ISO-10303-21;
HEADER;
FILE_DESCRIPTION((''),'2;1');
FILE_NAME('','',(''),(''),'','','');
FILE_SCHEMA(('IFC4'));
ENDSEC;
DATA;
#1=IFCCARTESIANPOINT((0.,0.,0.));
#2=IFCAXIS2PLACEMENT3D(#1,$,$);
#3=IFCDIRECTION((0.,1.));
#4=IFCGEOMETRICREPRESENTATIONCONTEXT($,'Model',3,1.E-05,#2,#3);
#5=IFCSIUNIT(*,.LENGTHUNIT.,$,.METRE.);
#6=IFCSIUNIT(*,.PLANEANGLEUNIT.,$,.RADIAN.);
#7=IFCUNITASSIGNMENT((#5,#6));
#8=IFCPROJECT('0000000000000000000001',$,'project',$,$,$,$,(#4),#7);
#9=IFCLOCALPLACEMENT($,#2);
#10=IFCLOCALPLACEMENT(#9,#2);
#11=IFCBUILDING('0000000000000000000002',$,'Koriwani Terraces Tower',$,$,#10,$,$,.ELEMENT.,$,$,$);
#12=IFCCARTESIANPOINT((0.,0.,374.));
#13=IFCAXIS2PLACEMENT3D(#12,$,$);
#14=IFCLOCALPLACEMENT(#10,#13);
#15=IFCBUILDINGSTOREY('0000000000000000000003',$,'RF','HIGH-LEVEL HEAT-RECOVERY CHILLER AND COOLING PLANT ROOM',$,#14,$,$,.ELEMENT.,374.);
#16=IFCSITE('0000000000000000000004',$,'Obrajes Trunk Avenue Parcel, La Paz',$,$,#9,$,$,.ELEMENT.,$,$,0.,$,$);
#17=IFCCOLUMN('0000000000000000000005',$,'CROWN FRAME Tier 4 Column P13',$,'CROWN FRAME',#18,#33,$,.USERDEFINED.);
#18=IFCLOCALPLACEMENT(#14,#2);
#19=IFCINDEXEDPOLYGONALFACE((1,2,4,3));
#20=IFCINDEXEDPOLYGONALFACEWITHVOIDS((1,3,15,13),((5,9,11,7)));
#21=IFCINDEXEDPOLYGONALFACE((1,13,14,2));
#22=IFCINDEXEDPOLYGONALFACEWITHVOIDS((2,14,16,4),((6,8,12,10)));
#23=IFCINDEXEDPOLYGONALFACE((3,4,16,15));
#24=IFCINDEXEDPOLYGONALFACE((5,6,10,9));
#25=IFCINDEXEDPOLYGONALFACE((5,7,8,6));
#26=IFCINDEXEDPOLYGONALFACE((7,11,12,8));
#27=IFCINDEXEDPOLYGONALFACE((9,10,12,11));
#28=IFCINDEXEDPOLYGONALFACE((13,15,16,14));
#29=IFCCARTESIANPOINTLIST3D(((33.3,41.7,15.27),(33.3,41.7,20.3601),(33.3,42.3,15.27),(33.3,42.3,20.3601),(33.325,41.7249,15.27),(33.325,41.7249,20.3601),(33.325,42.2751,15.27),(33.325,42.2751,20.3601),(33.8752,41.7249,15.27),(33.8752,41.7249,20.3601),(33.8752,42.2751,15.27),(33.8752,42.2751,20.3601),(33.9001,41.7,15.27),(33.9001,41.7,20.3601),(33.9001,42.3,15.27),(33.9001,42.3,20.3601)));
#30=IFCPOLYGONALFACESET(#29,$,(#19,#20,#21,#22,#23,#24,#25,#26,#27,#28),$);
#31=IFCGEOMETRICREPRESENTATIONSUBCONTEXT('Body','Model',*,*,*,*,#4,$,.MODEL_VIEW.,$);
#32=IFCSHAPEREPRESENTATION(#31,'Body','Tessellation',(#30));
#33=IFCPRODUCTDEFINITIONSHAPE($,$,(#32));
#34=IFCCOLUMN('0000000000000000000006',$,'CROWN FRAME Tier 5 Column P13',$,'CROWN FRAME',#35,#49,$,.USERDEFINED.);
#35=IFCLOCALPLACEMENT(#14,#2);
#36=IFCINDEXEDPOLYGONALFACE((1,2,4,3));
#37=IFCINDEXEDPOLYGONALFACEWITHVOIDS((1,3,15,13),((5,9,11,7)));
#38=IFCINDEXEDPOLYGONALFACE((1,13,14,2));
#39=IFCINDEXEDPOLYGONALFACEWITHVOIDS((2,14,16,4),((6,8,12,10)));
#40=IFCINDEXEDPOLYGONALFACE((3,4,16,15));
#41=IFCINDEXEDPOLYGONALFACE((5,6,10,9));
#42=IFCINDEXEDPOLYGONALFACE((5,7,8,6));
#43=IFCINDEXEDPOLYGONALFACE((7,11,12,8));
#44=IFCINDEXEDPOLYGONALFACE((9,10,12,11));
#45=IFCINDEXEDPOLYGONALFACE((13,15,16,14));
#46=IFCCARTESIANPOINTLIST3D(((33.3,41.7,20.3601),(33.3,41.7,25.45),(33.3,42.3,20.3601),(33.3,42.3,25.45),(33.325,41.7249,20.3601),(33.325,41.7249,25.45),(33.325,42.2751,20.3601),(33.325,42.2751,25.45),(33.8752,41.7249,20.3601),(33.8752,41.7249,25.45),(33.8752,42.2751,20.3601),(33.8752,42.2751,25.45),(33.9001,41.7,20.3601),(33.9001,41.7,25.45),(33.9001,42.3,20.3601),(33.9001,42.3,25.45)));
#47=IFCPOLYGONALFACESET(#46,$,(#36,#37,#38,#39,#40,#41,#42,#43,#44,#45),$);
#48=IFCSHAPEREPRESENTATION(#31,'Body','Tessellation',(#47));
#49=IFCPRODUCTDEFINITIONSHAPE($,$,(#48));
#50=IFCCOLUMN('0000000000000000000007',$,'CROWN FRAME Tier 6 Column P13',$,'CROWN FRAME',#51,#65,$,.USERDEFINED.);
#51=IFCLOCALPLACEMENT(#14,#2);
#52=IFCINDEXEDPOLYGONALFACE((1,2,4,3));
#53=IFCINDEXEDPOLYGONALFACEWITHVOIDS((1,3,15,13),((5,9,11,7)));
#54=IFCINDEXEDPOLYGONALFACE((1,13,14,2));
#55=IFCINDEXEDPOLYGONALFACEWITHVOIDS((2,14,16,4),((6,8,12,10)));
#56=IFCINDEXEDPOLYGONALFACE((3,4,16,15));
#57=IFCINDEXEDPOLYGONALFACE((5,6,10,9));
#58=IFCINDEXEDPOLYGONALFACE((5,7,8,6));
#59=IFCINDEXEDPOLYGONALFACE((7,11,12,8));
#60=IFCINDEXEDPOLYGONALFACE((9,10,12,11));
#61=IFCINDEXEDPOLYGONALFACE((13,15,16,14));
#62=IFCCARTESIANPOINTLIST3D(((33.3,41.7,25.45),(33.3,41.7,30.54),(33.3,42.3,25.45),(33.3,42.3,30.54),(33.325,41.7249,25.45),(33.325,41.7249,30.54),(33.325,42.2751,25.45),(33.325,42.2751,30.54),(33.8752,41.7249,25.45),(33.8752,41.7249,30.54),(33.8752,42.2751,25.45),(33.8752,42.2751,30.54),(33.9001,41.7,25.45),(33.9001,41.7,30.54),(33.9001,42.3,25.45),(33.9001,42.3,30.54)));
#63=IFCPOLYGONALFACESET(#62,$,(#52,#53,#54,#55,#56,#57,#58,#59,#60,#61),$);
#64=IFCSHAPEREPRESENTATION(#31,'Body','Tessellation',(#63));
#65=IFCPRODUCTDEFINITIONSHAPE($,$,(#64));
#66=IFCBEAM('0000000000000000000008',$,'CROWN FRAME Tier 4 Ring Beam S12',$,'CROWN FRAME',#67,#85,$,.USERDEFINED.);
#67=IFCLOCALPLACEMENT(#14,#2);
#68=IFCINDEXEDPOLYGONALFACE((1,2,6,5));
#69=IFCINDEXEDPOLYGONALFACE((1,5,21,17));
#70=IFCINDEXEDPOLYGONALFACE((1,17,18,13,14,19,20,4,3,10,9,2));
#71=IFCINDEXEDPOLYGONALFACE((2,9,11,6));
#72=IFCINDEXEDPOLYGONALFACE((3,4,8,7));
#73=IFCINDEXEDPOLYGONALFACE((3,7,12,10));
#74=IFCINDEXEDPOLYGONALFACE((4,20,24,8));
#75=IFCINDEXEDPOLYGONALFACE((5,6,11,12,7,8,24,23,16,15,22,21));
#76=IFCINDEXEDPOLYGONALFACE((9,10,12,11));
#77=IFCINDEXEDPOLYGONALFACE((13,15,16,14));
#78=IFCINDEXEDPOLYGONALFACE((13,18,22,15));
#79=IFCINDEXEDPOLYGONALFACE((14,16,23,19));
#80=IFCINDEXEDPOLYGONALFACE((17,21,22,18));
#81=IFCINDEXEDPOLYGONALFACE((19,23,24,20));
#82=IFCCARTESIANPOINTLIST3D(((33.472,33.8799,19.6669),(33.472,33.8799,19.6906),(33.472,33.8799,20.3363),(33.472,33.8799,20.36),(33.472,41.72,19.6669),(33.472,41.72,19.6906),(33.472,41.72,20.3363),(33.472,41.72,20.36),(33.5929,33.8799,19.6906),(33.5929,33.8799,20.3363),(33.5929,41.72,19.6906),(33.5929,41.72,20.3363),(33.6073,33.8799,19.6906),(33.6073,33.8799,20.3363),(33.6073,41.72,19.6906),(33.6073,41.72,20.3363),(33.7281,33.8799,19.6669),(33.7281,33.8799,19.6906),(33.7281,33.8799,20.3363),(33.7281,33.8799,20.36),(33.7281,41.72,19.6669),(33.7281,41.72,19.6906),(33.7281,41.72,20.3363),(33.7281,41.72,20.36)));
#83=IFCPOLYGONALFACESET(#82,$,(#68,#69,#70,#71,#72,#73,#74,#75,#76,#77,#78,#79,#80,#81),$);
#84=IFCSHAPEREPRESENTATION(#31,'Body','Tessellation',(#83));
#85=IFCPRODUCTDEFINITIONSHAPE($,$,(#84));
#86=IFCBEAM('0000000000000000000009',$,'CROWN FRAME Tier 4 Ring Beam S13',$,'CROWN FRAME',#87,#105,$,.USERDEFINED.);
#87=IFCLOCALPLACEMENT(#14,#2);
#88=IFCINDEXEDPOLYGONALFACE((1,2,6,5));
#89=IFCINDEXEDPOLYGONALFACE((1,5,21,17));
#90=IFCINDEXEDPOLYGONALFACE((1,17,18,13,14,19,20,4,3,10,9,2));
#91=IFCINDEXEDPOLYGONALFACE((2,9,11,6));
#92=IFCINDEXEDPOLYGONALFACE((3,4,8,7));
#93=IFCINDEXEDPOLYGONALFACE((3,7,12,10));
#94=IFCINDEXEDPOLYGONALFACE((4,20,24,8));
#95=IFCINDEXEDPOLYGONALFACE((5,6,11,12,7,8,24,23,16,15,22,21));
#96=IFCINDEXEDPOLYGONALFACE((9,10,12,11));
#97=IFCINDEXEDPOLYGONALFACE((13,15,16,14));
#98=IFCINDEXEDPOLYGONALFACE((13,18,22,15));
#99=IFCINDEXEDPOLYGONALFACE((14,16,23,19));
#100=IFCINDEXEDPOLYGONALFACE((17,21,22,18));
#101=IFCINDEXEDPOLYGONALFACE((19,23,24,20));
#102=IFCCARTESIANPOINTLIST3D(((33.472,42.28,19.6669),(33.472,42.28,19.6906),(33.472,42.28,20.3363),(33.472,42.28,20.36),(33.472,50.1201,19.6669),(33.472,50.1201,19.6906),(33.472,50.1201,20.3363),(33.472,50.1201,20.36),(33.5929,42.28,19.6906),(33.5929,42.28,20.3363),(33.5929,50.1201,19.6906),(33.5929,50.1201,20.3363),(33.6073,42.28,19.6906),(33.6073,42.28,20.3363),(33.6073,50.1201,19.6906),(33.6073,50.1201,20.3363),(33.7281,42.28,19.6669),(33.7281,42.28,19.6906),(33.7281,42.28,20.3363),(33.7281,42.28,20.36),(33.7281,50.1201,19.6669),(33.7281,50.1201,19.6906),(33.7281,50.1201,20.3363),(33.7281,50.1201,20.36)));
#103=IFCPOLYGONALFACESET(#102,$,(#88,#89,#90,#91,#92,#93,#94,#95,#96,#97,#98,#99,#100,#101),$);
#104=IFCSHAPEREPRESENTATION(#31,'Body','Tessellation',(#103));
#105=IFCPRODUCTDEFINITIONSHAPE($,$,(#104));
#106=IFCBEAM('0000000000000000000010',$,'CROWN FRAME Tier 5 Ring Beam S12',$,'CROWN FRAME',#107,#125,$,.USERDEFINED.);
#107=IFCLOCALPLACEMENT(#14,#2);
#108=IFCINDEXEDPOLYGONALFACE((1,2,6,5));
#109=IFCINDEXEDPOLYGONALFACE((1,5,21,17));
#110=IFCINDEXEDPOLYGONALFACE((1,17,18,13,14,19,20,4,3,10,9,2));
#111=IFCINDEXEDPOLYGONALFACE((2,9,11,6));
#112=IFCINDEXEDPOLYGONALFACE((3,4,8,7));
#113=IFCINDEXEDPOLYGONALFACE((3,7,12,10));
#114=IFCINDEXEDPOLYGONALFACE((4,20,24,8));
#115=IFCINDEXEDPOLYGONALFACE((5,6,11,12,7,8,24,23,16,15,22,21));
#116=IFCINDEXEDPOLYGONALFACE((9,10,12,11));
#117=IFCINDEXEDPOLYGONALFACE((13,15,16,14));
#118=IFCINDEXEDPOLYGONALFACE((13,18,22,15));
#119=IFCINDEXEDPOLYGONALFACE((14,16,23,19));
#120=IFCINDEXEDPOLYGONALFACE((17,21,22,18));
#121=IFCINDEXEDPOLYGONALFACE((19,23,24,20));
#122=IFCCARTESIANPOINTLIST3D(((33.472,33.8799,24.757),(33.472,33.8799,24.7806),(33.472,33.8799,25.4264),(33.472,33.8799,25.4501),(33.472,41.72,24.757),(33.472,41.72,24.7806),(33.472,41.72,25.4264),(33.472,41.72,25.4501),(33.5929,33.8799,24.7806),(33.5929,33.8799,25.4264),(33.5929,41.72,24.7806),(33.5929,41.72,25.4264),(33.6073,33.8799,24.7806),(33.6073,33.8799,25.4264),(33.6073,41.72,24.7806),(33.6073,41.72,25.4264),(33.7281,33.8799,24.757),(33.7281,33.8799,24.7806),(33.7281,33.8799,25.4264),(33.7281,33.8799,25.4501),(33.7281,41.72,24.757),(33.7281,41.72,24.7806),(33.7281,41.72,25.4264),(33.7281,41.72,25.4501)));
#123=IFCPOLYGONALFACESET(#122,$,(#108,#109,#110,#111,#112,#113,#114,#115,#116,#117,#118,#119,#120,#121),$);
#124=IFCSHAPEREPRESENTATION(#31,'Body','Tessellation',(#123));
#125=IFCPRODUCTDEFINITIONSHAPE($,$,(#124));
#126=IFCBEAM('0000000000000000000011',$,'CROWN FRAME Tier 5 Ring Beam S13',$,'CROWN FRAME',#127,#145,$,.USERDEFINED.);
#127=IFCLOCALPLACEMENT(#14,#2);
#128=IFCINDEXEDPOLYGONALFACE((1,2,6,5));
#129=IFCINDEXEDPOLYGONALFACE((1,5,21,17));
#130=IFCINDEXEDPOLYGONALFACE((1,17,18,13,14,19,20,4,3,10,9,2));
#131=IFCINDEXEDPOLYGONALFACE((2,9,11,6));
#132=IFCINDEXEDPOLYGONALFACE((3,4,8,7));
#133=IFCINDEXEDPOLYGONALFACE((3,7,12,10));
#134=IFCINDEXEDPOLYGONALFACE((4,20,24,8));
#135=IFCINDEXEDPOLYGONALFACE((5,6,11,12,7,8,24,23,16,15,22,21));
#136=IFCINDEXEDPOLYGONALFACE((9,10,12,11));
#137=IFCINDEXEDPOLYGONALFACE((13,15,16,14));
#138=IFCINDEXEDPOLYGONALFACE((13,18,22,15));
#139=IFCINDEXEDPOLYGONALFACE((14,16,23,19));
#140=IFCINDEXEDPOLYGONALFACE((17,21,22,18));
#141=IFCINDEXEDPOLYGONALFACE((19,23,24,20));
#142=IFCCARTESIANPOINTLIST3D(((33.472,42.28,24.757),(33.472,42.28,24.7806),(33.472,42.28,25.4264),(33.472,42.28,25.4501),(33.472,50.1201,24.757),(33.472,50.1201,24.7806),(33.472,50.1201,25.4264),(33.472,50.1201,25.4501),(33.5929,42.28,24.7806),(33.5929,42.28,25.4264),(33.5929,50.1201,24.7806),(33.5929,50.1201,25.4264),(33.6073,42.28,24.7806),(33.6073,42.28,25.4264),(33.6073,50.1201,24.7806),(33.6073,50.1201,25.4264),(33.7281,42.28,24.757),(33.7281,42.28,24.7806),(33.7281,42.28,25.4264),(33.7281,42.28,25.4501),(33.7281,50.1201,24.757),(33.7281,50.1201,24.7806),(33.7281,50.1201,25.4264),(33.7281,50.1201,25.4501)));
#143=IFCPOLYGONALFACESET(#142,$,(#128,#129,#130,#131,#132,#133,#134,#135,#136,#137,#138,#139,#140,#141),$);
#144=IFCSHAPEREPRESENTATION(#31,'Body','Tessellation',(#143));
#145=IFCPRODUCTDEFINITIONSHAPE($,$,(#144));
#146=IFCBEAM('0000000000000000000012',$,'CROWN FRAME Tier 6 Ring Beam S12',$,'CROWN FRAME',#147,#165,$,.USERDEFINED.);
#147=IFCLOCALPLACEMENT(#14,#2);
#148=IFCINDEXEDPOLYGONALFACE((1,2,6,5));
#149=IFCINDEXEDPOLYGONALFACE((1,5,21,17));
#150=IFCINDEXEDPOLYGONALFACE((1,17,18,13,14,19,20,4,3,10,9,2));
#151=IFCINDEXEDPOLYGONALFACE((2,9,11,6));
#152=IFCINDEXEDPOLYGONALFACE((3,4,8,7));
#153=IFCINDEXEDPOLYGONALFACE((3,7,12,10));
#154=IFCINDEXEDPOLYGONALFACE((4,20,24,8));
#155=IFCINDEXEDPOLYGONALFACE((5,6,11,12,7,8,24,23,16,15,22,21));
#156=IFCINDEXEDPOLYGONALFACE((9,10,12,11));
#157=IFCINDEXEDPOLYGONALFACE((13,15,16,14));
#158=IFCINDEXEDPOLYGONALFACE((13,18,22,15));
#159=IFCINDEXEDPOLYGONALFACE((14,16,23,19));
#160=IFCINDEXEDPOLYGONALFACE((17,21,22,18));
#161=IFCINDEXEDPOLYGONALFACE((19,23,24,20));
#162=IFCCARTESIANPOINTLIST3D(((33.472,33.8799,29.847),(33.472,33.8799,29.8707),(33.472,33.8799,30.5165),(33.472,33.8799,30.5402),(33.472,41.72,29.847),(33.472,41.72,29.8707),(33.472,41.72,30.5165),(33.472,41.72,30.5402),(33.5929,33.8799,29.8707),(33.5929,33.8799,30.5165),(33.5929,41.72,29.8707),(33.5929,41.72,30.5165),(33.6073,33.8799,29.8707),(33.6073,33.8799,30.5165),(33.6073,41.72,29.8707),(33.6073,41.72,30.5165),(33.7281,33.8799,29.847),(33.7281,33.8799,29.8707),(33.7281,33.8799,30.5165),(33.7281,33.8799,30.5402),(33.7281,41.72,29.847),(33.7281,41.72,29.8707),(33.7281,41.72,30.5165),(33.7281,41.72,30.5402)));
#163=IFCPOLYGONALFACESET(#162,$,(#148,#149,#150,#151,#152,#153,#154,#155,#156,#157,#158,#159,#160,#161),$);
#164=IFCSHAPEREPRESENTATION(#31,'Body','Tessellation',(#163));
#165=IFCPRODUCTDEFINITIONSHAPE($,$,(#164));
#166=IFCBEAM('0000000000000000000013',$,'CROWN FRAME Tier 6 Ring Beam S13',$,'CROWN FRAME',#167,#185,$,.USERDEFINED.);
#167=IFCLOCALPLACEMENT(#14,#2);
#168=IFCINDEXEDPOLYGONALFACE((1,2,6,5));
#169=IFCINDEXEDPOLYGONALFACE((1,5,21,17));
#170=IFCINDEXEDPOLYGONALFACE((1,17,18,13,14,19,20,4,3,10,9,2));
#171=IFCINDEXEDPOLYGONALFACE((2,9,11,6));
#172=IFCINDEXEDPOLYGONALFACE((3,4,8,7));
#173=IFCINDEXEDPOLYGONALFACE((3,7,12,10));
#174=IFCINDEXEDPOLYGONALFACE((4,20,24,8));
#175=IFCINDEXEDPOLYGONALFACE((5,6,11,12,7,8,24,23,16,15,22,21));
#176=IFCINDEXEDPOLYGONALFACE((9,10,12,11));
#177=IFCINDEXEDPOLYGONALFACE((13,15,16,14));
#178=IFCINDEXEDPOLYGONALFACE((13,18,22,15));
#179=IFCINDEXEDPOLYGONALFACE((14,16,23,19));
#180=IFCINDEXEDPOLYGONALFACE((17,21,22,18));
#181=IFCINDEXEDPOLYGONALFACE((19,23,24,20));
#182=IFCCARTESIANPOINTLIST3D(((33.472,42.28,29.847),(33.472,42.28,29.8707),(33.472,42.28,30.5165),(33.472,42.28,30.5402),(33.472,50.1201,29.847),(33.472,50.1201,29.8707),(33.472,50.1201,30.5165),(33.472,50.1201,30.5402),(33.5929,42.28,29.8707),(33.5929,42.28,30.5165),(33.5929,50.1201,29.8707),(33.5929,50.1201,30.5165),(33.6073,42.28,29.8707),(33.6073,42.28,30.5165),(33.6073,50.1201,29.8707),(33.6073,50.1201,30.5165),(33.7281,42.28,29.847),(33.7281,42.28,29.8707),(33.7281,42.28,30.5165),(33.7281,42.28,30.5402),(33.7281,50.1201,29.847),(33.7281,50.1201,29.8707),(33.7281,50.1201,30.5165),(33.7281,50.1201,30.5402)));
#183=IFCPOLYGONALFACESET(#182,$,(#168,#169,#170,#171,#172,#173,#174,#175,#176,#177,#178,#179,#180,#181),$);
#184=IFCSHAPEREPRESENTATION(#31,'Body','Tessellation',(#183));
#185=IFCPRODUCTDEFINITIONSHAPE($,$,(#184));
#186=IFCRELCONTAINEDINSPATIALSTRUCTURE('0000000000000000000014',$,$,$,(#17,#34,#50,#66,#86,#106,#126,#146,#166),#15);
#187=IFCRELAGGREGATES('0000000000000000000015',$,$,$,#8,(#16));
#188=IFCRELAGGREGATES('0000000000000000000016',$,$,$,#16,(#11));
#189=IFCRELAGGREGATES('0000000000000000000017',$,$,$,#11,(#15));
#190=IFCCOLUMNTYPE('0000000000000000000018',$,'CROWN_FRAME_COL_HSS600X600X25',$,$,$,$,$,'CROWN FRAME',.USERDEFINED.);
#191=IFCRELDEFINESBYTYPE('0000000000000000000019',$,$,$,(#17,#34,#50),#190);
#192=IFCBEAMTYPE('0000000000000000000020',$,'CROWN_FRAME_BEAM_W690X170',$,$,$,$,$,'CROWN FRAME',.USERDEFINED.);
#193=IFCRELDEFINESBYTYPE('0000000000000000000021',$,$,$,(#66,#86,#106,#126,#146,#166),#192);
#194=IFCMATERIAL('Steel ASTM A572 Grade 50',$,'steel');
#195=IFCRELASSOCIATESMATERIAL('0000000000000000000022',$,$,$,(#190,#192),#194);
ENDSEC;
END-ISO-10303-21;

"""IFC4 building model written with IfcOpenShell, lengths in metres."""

from ifc_helpers import new_model, si_unit, direction, frame, origin, origin_2d, place, context, subcontext, project, spatial, hollow_rectangle, i_section, extrude, material, material_profile, profile_set, type_object, element, save


model = new_model("IFC4")

# Units and contexts
model_context = context("Model", 3, precision=1e-05, world=origin(), true_north=direction((0.0, 1.0)))
body_context = subcontext(model_context, "Body", "Model", "MODEL_VIEW")
ifc_project = project(units=[si_unit("LENGTHUNIT", "METRE"), si_unit("PLANEANGLEUNIT", "RADIAN")], contexts=[model_context])

# Site, building, storey
site_placement = place(None, origin())
site = spatial("IfcSite", under=ifc_project, at=site_placement, Name="Obrajes Trunk Avenue Parcel, La Paz", CompositionType="ELEMENT", RefElevation=0.0)
building_placement = place(site_placement, origin())
building = spatial("IfcBuilding", under=site, at=building_placement, Name="Koriwani Terraces Tower", CompositionType="ELEMENT")
storey_placement = place(building_placement, frame((0.0, 0.0, 374.0)))
storey = spatial("IfcBuildingStorey", under=building, at=storey_placement, Name="RF", Description="HIGH-LEVEL HEAT-RECOVERY CHILLER AND COOLING PLANT ROOM", CompositionType="ELEMENT", Elevation=374.0)

# Columns
ifc_material_1 = material(Name="Steel ASTM A572 Grade 50", Category="steel")
ifc_material_profile_1 = material_profile(ifc_material_1, hollow_rectangle(XDim=0.6001, YDim=0.6001, WallThickness=0.0249, at=origin_2d()), Name="Steel ASTM A572 Grade 50", Category="LoadBearing")
ifc_profile_set_1 = profile_set([ifc_material_profile_1], Name="Steel ASTM A572 Grade 50")
column_type = type_object("IfcColumnType", Name="CROWN_FRAME_COL_HSS600X600X25", ElementType="CROWN FRAME", PredefinedType="USERDEFINED", material=ifc_profile_set_1)
column_1_placement = place(storey_placement, frame((33.6001, 42.0, 15.27), z_axis=(0.0, 0.0, 1.0), x_axis=(1.0, 0.0, 0.0)))
element("IfcColumn", 1, at=column_1_placement, inside=storey, type_object=column_type, Name="CROWN FRAME Tier 4 Column P13", ObjectType="CROWN FRAME", PredefinedType="USERDEFINED", context=body_context, shape_type="SweptSolid", body=[
    extrude(hollow_rectangle(XDim=0.6001, YDim=0.6001, WallThickness=0.0249, at=origin_2d()), origin(), (0.0, 0.0, 1.0), 5.0901),
])
column_2_placement = place(storey_placement, frame((33.6001, 42.0, 20.3601), z_axis=(0.0, 0.0, 1.0), x_axis=(1.0, 0.0, 0.0)))
element("IfcColumn", 2, at=column_2_placement, inside=storey, type_object=column_type, Name="CROWN FRAME Tier 5 Column P13", ObjectType="CROWN FRAME", PredefinedType="USERDEFINED", context=body_context, shape_type="SweptSolid", body=[
    extrude(hollow_rectangle(XDim=0.6001, YDim=0.6001, WallThickness=0.0249, at=origin_2d()), origin(), (0.0, 0.0, 1.0), 5.0898),
])
column_3_placement = place(storey_placement, frame((33.6001, 42.0, 25.45), z_axis=(0.0, 0.0, 1.0), x_axis=(1.0, 0.0, 0.0)))
element("IfcColumn", 3, at=column_3_placement, inside=storey, type_object=column_type, Name="CROWN FRAME Tier 6 Column P13", ObjectType="CROWN FRAME", PredefinedType="USERDEFINED", context=body_context, shape_type="SweptSolid", body=[
    extrude(hollow_rectangle(XDim=0.6001, YDim=0.6001, WallThickness=0.0249, at=origin_2d()), origin(), (0.0, 0.0, 1.0), 5.0901),
])

# Beams
ifc_material_profile_2 = material_profile(ifc_material_1, i_section(OverallWidth=0.2561, OverallDepth=0.6931, WebThickness=0.0144, FlangeThickness=0.0237, at=origin_2d()), Name="Steel ASTM A572 Grade 50", Category="LoadBearing")
ifc_profile_set_2 = profile_set([ifc_material_profile_2], Name="Steel ASTM A572 Grade 50")
beam_type = type_object("IfcBeamType", Name="CROWN_FRAME_BEAM_W690X170", ElementType="CROWN FRAME", PredefinedType="USERDEFINED", material=ifc_profile_set_2)
for number, where, z_axis, x_axis, name in (
    (4, (33.6001, 33.8799, 20.0134), (0.0, 1.0, 0.0), (-1.0, 0.0, 0.0), "CROWN FRAME Tier 4 Ring Beam S12"),
    (5, (33.6001, 42.28, 20.0134), (0.0, 1.0, 0.0), (-1.0, 0.0, 0.0), "CROWN FRAME Tier 4 Ring Beam S13"),
    (6, (33.6001, 33.8799, 25.1035), (0.0, 1.0, 0.0), (-1.0, 0.0, 0.0), "CROWN FRAME Tier 5 Ring Beam S12"),
    (7, (33.6001, 42.28, 25.1035), (0.0, 1.0, 0.0), (-1.0, 0.0, 0.0), "CROWN FRAME Tier 5 Ring Beam S13"),
    (8, (33.6001, 33.8799, 30.1936), (0.0, 1.0, 0.0), (-1.0, 0.0, 0.0), "CROWN FRAME Tier 6 Ring Beam S12"),
    (9, (33.6001, 42.28, 30.1936), (0.0, 1.0, 0.0), (-1.0, 0.0, 0.0), "CROWN FRAME Tier 6 Ring Beam S13"),
):
    element("IfcBeam", number, at=place(storey_placement, frame(where, z_axis=z_axis, x_axis=x_axis)), inside=storey, type_object=beam_type, Name=name, ObjectType="CROWN FRAME", PredefinedType="USERDEFINED", context=body_context, shape_type="SweptSolid", body=[
        extrude(i_section(OverallWidth=0.2561, OverallDepth=0.6931, WebThickness=0.0144, FlangeThickness=0.0237, at=origin_2d()), origin(), (0.0, 0.0, 1.0), 7.8401),
    ])

save(model, "model.ifc")
